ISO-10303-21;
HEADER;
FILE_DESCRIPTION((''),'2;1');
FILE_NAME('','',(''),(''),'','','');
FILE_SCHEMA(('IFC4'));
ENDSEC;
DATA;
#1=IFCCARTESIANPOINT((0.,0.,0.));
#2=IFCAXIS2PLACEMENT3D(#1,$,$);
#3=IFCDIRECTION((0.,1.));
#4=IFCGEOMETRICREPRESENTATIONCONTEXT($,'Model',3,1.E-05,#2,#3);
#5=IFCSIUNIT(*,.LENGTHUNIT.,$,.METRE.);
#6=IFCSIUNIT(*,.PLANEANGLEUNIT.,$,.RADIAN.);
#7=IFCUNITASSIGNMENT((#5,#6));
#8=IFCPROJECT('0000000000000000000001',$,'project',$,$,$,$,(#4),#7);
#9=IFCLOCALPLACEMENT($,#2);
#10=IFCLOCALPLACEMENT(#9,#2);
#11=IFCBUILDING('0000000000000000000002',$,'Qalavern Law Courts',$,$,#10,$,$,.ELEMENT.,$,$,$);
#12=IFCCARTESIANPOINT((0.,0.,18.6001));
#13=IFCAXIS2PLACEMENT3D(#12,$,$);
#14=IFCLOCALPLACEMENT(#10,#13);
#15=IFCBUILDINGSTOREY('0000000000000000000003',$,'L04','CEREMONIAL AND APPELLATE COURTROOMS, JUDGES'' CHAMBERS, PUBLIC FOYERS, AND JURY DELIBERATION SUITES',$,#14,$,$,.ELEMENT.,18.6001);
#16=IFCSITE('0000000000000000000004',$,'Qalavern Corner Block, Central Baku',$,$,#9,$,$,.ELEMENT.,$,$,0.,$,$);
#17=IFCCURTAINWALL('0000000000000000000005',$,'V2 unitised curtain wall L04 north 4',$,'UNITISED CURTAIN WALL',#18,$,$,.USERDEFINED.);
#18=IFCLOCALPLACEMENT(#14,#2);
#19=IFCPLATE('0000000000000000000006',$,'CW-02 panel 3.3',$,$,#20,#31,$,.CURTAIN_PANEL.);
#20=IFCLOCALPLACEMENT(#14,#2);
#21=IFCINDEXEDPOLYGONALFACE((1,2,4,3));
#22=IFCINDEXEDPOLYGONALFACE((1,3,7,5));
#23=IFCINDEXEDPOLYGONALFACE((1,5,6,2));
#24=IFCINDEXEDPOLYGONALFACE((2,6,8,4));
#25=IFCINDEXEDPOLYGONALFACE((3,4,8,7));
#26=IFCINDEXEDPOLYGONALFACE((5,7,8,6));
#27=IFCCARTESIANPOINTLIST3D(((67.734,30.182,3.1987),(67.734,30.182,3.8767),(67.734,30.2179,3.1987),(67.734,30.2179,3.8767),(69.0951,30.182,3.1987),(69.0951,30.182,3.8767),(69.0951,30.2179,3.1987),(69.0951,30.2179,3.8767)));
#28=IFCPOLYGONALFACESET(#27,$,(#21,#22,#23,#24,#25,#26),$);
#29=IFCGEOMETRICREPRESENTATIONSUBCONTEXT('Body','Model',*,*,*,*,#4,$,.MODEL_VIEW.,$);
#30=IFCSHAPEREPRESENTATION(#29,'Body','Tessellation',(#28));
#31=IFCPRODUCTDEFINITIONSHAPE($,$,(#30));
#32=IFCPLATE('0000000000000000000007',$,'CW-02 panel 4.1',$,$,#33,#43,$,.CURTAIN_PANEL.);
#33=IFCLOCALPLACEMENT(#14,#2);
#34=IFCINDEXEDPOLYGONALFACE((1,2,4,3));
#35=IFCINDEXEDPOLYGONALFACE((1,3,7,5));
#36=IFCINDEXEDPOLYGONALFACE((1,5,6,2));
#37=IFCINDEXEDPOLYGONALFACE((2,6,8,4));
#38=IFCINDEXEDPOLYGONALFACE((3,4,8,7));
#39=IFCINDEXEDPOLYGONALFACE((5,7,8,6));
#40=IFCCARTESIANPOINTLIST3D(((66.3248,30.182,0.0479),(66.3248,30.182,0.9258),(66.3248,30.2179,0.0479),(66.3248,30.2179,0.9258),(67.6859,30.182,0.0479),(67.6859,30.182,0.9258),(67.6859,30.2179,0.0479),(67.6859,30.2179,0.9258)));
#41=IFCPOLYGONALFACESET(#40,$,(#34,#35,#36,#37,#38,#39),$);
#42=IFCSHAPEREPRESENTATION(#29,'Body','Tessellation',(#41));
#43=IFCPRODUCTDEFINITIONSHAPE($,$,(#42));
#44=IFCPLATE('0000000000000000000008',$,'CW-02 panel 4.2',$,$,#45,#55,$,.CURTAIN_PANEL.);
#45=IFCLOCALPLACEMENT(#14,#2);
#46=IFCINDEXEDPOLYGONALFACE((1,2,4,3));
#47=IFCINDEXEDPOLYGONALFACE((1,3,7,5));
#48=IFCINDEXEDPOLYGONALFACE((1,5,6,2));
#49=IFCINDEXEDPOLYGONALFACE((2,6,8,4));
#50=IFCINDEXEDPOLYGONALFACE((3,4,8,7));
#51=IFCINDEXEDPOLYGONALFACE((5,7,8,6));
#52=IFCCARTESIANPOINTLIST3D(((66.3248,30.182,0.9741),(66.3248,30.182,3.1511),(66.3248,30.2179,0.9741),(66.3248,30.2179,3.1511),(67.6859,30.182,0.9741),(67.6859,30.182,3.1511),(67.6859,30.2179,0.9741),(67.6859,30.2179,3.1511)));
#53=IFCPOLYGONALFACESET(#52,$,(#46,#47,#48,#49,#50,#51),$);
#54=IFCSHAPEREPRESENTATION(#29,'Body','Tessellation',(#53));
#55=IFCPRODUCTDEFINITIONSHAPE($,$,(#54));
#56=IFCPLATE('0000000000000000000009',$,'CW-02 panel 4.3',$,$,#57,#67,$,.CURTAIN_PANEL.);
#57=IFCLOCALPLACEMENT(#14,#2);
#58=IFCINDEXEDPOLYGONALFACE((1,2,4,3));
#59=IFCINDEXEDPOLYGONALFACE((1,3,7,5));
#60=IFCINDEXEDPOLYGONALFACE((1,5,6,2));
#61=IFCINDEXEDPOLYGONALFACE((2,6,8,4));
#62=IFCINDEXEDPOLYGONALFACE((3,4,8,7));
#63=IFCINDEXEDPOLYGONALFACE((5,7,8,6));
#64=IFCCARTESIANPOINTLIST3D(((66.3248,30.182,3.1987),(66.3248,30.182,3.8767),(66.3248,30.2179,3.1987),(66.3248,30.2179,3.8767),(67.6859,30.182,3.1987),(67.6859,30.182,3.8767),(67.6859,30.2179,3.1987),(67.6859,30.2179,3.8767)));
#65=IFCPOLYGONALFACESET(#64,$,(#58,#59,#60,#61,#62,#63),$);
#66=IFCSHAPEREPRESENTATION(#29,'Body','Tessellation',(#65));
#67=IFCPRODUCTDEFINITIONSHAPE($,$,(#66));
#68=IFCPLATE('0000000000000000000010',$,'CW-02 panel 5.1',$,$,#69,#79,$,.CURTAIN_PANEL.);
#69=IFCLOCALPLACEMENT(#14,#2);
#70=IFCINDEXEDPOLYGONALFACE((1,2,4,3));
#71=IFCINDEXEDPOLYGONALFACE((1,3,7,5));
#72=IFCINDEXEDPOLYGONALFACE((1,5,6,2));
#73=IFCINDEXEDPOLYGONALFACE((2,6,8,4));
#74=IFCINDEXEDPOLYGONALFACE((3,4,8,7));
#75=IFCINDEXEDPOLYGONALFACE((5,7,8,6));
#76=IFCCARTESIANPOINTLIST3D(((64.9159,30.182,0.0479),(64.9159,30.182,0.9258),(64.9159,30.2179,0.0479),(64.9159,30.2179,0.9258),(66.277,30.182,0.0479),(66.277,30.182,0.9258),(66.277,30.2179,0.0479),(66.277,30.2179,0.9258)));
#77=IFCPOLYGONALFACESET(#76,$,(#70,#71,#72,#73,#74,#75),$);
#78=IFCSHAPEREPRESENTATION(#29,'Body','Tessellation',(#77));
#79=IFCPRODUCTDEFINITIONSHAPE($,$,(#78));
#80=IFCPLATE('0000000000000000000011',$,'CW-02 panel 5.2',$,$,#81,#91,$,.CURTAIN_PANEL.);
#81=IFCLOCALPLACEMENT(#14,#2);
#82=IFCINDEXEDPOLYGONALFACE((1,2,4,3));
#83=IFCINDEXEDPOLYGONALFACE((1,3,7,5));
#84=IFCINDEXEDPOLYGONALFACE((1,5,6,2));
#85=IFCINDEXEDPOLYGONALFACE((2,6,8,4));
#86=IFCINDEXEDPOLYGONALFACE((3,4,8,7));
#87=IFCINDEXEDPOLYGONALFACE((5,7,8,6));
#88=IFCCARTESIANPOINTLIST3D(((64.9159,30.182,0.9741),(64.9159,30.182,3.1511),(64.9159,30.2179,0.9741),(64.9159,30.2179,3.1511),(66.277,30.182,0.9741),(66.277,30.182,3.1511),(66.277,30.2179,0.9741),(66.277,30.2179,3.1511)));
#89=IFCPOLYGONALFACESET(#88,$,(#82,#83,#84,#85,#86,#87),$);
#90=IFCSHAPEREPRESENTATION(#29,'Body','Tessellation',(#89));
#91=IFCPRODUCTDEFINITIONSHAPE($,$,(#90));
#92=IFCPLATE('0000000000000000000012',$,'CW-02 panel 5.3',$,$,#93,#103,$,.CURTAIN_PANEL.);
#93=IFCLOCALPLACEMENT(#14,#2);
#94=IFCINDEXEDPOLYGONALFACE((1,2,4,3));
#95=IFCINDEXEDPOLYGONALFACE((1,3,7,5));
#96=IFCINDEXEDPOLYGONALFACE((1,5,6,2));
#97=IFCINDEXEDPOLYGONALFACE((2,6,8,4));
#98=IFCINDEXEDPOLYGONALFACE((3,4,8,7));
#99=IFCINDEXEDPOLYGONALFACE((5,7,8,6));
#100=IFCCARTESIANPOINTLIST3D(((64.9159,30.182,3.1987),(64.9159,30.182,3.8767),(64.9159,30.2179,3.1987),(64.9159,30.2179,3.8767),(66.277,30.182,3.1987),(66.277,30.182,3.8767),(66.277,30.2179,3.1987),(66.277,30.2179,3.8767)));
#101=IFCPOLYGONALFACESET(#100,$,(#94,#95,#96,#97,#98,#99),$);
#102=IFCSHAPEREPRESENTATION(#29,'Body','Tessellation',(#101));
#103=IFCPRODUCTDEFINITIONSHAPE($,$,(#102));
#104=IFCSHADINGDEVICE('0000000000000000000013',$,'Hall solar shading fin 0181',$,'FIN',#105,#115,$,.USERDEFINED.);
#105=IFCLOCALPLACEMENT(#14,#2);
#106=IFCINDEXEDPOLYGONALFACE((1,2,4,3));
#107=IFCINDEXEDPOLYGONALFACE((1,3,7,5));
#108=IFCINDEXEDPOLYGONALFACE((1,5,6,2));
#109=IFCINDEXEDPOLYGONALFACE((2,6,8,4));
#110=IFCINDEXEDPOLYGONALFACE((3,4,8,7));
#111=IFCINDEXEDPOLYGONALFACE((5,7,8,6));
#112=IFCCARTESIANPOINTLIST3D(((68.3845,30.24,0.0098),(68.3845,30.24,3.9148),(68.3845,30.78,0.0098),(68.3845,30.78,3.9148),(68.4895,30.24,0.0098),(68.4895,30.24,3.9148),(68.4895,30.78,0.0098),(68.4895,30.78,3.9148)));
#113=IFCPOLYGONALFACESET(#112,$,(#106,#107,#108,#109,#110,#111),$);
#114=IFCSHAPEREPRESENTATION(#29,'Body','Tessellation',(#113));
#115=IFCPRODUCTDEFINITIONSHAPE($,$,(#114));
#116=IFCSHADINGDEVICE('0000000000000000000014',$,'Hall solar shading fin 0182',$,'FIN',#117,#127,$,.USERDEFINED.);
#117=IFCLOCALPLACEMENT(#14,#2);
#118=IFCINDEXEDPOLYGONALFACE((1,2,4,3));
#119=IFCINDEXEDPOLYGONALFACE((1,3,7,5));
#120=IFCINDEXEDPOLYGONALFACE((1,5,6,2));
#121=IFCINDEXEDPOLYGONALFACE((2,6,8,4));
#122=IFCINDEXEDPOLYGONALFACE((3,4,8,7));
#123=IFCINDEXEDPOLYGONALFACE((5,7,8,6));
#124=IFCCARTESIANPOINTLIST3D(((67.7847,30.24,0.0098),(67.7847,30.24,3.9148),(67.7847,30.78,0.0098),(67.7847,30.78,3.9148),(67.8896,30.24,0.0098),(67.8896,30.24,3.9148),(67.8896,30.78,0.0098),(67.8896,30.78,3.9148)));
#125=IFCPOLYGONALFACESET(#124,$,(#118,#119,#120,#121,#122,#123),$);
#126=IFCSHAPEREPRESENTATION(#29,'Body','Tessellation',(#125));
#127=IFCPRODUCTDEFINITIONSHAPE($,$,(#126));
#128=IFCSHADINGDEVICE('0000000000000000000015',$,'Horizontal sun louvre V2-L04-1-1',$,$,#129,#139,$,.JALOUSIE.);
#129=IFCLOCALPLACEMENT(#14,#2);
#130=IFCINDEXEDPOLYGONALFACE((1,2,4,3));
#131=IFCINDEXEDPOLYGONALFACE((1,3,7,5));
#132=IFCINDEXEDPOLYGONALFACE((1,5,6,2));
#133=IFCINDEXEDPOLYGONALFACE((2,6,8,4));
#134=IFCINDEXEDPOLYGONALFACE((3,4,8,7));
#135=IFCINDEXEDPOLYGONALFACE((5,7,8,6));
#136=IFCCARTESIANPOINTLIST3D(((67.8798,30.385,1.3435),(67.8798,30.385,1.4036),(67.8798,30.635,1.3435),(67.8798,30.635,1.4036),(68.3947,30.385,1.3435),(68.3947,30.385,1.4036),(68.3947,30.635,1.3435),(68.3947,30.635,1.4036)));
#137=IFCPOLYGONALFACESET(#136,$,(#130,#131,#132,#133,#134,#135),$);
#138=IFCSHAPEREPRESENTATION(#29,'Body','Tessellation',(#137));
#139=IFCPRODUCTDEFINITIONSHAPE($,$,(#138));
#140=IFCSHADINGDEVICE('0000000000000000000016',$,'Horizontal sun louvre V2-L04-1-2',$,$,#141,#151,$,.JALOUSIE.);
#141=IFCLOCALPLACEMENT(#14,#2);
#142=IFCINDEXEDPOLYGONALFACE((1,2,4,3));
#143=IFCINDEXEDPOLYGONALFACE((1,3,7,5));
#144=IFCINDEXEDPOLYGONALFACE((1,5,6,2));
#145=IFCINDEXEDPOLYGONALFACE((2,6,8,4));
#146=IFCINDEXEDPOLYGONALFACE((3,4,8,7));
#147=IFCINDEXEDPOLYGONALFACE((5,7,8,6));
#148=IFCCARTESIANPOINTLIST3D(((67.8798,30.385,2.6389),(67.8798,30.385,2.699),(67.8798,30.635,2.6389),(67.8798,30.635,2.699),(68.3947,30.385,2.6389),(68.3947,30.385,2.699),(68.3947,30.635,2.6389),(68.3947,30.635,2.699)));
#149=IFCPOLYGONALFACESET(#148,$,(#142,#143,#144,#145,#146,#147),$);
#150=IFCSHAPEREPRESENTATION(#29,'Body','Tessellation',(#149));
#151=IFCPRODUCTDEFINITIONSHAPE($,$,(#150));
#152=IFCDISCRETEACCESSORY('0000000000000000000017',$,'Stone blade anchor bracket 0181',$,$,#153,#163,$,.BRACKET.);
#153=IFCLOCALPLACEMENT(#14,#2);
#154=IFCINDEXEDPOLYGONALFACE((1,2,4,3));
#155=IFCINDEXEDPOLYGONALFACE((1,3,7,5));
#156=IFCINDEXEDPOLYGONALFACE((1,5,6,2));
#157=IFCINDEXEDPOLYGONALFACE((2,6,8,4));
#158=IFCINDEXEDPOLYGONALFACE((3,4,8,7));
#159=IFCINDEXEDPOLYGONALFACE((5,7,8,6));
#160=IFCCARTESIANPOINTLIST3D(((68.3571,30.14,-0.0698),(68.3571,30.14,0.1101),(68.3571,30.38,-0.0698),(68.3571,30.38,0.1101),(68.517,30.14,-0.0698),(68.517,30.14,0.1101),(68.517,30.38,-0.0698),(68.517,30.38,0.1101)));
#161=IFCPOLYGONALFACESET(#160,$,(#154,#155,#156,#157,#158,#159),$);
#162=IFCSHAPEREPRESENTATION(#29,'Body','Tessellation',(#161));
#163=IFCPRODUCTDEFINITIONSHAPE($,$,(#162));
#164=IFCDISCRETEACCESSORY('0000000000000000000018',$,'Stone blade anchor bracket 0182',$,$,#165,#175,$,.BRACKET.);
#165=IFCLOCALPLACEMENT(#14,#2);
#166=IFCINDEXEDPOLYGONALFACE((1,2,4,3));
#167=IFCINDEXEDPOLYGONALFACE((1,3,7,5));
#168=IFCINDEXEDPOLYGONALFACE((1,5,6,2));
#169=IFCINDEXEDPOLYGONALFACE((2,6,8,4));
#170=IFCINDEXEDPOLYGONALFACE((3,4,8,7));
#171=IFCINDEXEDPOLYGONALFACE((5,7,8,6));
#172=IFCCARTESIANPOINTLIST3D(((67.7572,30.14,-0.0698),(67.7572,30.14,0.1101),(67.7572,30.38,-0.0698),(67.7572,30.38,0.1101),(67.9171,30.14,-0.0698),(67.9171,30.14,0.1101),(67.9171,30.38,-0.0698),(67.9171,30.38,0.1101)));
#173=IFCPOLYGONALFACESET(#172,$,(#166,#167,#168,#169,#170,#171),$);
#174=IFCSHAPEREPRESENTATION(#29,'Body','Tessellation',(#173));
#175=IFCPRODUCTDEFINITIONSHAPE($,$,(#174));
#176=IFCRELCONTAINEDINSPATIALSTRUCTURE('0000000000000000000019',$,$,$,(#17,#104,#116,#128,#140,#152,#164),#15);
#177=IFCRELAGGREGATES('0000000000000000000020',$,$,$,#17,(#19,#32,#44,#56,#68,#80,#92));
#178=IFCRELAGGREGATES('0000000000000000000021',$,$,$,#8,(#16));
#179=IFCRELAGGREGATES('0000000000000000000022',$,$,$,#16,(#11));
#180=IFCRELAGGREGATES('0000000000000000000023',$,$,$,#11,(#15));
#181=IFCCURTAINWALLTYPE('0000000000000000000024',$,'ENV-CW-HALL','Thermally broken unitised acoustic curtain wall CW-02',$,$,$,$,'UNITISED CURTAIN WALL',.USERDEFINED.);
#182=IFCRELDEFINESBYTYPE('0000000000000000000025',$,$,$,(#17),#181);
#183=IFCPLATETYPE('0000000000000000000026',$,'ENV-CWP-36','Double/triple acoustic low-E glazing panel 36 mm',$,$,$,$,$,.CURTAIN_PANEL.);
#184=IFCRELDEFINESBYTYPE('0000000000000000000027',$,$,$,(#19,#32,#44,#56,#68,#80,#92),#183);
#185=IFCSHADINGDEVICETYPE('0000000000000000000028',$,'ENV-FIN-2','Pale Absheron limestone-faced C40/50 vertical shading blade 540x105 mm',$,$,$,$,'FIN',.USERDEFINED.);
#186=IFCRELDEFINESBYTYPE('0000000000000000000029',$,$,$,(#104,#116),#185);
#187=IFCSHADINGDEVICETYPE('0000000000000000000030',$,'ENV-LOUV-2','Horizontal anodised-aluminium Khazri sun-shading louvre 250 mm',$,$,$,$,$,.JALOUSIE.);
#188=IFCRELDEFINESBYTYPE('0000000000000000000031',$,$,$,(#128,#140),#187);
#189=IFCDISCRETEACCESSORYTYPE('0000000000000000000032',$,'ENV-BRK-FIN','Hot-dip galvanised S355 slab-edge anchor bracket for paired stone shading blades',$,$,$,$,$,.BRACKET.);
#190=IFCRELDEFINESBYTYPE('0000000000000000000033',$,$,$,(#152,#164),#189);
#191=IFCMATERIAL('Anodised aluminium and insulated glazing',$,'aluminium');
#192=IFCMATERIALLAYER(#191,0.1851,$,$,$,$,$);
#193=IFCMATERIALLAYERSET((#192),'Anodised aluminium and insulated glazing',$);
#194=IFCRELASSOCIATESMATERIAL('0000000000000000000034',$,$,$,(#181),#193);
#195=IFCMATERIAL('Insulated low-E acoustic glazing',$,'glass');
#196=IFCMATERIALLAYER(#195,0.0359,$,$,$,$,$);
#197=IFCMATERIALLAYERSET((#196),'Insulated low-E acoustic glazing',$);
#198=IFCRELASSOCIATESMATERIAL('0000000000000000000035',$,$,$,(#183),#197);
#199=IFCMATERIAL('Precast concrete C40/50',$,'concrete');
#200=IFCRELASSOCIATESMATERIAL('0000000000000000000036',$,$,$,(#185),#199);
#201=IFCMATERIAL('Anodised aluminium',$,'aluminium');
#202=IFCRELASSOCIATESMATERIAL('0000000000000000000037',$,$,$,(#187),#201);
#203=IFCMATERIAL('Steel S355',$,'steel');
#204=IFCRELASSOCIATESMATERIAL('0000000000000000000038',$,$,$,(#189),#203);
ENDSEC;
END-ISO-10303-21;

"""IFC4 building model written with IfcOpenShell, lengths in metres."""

from ifc_helpers import new_model, si_unit, direction, frame, origin, origin_2d, place, context, subcontext, project, spatial, rectangle, extrude, material, layer, layer_set, type_object, element, aggregate, save


model = new_model("IFC4")

# Units and contexts
model_context = context("Model", 3, precision=1e-05, world=origin(), true_north=direction((0.0, 1.0)))
body_context = subcontext(model_context, "Body", "Model", "MODEL_VIEW")
ifc_project = project(units=[si_unit("LENGTHUNIT", "METRE"), si_unit("PLANEANGLEUNIT", "RADIAN")], contexts=[model_context])

# Site, building, storey
site_placement = place(None, origin())
site = spatial("IfcSite", under=ifc_project, at=site_placement, Name="Qalavern Corner Block, Central Baku", CompositionType="ELEMENT", RefElevation=0.0)
building_placement = place(site_placement, origin())
building = spatial("IfcBuilding", under=site, at=building_placement, Name="Qalavern Law Courts", CompositionType="ELEMENT")
storey_placement = place(building_placement, frame((0.0, 0.0, 18.6001)))
storey = spatial("IfcBuildingStorey", under=building, at=storey_placement, Name="L04", Description="CEREMONIAL AND APPELLATE COURTROOMS, JUDGES' CHAMBERS, PUBLIC FOYERS, AND JURY DELIBERATION SUITES", CompositionType="ELEMENT", Elevation=18.6001)

# Curtain wall, plates
ifc_material_1 = material(Name="Anodised aluminium and insulated glazing", Category="aluminium")
ifc_layer_1 = layer(ifc_material_1, 0.1851)
ifc_layer_set_1 = layer_set([ifc_layer_1], Name="Anodised aluminium and insulated glazing")
curtain_wall_type = type_object("IfcCurtainWallType", Name="ENV-CW-HALL", Description="Thermally broken unitised acoustic curtain wall CW-02", ElementType="UNITISED CURTAIN WALL", PredefinedType="USERDEFINED", material=ifc_layer_set_1)
curtain_wall_placement = place(storey_placement, origin())
curtain_wall = element("IfcCurtainWall", 1, at=curtain_wall_placement, inside=storey, type_object=curtain_wall_type, Name="V2 unitised curtain wall L04 north 4", ObjectType="UNITISED CURTAIN WALL", PredefinedType="USERDEFINED")
ifc_material_2 = material(Name="Anodised aluminium", Category="aluminium")
ifc_material_3 = material(Name="Insulated low-E acoustic glazing", Category="glass")
ifc_layer_2 = layer(ifc_material_3, 0.0359)
ifc_layer_set_2 = layer_set([ifc_layer_2], Name="Insulated low-E acoustic glazing")
plate_type = type_object("IfcPlateType", Name="ENV-CWP-36", Description="Double/triple acoustic low-E glazing panel 36 mm", PredefinedType="CURTAIN_PANEL", material=ifc_layer_set_2)
plate_1_placement = place(storey_placement, frame((68.4146, 30.2, 3.1987), z_axis=(0.0, 0.0, 1.0), x_axis=(-1.0, 0.0, 0.0)))
plate_1 = element("IfcPlate", 2, at=plate_1_placement, type_object=plate_type, Name="CW-02 panel 3.3", PredefinedType="CURTAIN_PANEL", context=body_context, shape_type="SweptSolid", body=[
    extrude(rectangle(XDim=1.3611, YDim=0.0359, at=origin_2d()), origin(), (0.0, 0.0, 1.0), 0.678),
])
plate_2_placement = place(storey_placement, frame((67.0054, 30.2, 0.0479), z_axis=(0.0, 0.0, 1.0), x_axis=(-1.0, 0.0, 0.0)))
plate_2 = element("IfcPlate", 3, at=plate_2_placement, type_object=plate_type, Name="CW-02 panel 4.1", PredefinedType="CURTAIN_PANEL", context=body_context, shape_type="SweptSolid", body=[
    extrude(rectangle(XDim=1.3611, YDim=0.0359, at=origin_2d()), origin(), (0.0, 0.0, 1.0), 0.8779),
])
plate_3_placement = place(storey_placement, frame((67.0054, 30.2, 0.9741), z_axis=(0.0, 0.0, 1.0), x_axis=(-1.0, 0.0, 0.0)))
plate_3 = element("IfcPlate", 4, at=plate_3_placement, type_object=plate_type, Name="CW-02 panel 4.2", PredefinedType="CURTAIN_PANEL", context=body_context, shape_type="SweptSolid", body=[
    extrude(rectangle(XDim=1.3611, YDim=0.0359, at=origin_2d()), origin(), (0.0, 0.0, 1.0), 2.177),
])
plate_4_placement = place(storey_placement, frame((67.0054, 30.2, 3.1987), z_axis=(0.0, 0.0, 1.0), x_axis=(-1.0, 0.0, 0.0)))
plate_4 = element("IfcPlate", 5, at=plate_4_placement, type_object=plate_type, Name="CW-02 panel 4.3", PredefinedType="CURTAIN_PANEL", context=body_context, shape_type="SweptSolid", body=[
    extrude(rectangle(XDim=1.3611, YDim=0.0359, at=origin_2d()), origin(), (0.0, 0.0, 1.0), 0.678),
])
plate_5_placement = place(storey_placement, frame((65.5964, 30.2, 0.0479), z_axis=(0.0, 0.0, 1.0), x_axis=(-1.0, 0.0, 0.0)))
plate_5 = element("IfcPlate", 6, at=plate_5_placement, type_object=plate_type, Name="CW-02 panel 5.1", PredefinedType="CURTAIN_PANEL", context=body_context, shape_type="SweptSolid", body=[
    extrude(rectangle(XDim=1.3611, YDim=0.0359, at=origin_2d()), origin(), (0.0, 0.0, 1.0), 0.8779),
])
plate_6_placement = place(storey_placement, frame((65.5964, 30.2, 0.9741), z_axis=(0.0, 0.0, 1.0), x_axis=(-1.0, 0.0, 0.0)))
plate_6 = element("IfcPlate", 7, at=plate_6_placement, type_object=plate_type, Name="CW-02 panel 5.2", PredefinedType="CURTAIN_PANEL", context=body_context, shape_type="SweptSolid", body=[
    extrude(rectangle(XDim=1.3611, YDim=0.0359, at=origin_2d()), origin(), (0.0, 0.0, 1.0), 2.177),
])
plate_7_placement = place(storey_placement, frame((65.5964, 30.2, 3.1987), z_axis=(0.0, 0.0, 1.0), x_axis=(-1.0, 0.0, 0.0)))
plate_7 = element("IfcPlate", 8, at=plate_7_placement, type_object=plate_type, Name="CW-02 panel 5.3", PredefinedType="CURTAIN_PANEL", context=body_context, shape_type="SweptSolid", body=[
    extrude(rectangle(XDim=1.3611, YDim=0.0359, at=origin_2d()), origin(), (0.0, 0.0, 1.0), 0.678),
])
aggregate(curtain_wall, [plate_1, plate_2, plate_3, plate_4, plate_5, plate_6, plate_7])

# Shading devices
ifc_material_4 = material(Name="Precast concrete C40/50", Category="concrete")
shading_device_type_1 = type_object("IfcShadingDeviceType", Name="ENV-FIN-2", Description="Pale Absheron limestone-faced C40/50 vertical shading blade 540x105 mm", ElementType="FIN", PredefinedType="USERDEFINED", material=ifc_material_4)
for number, where, z_axis, x_axis, name in (
    (9, (68.437, 30.51, 0.0098), (0.0, 0.0, 1.0), (0.0, 1.0, 0.0), "Hall solar shading fin 0181"),
    (10, (67.8372, 30.51, 0.0098), (0.0, 0.0, 1.0), (0.0, 1.0, 0.0), "Hall solar shading fin 0182"),
):
    element("IfcShadingDevice", number, at=place(storey_placement, frame(where, z_axis=z_axis, x_axis=x_axis)), inside=storey, type_object=shading_device_type_1, Name=name, ObjectType="FIN", PredefinedType="USERDEFINED", context=body_context, shape_type="SweptSolid", body=[
        extrude(rectangle(XDim=0.54, YDim=0.105, at=origin_2d()), origin(), (0.0, 0.0, 1.0), 3.905),
    ])
shading_device_type_2 = type_object("IfcShadingDeviceType", Name="ENV-LOUV-2", Description="Horizontal anodised-aluminium Khazri sun-shading louvre 250 mm", PredefinedType="JALOUSIE", material=ifc_material_2)
for number, where, z_axis, x_axis, name in (
    (11, (68.1372, 30.51, 1.3435), (0.0, 0.0, 1.0), (-1.0, 0.0, 0.0), "Horizontal sun louvre V2-L04-1-1"),
    (12, (68.1372, 30.51, 2.6389), (0.0, 0.0, 1.0), (-1.0, 0.0, 0.0), "Horizontal sun louvre V2-L04-1-2"),
):
    element("IfcShadingDevice", number, at=place(storey_placement, frame(where, z_axis=z_axis, x_axis=x_axis)), inside=storey, type_object=shading_device_type_2, Name=name, PredefinedType="JALOUSIE", context=body_context, shape_type="SweptSolid", body=[
        extrude(rectangle(XDim=0.5149, YDim=0.25, at=origin_2d()), origin(), (0.0, 0.0, 1.0), 0.0601),
    ])

# Discrete accessories
ifc_material_5 = material(Name="Steel S355", Category="steel")
discrete_accessory_type = type_object("IfcDiscreteAccessoryType", Name="ENV-BRK-FIN", Description="Hot-dip galvanised S355 slab-edge anchor bracket for paired stone shading blades", PredefinedType="BRACKET", material=ifc_material_5)
for number, where, z_axis, x_axis, name in (
    (13, (68.437, 30.26, -0.0698), (0.0, 0.0, 1.0), (0.0, 1.0, 0.0), "Stone blade anchor bracket 0181"),
    (14, (67.8372, 30.26, -0.0698), (0.0, 0.0, 1.0), (0.0, 1.0, 0.0), "Stone blade anchor bracket 0182"),
):
    element("IfcDiscreteAccessory", number, at=place(storey_placement, frame(where, z_axis=z_axis, x_axis=x_axis)), inside=storey, type_object=discrete_accessory_type, Name=name, PredefinedType="BRACKET", context=body_context, shape_type="SweptSolid", body=[
        extrude(rectangle(XDim=0.24, YDim=0.1599, at=origin_2d()), origin(), (0.0, 0.0, 1.0), 0.1799),
    ])

save(model, "model.ifc")
